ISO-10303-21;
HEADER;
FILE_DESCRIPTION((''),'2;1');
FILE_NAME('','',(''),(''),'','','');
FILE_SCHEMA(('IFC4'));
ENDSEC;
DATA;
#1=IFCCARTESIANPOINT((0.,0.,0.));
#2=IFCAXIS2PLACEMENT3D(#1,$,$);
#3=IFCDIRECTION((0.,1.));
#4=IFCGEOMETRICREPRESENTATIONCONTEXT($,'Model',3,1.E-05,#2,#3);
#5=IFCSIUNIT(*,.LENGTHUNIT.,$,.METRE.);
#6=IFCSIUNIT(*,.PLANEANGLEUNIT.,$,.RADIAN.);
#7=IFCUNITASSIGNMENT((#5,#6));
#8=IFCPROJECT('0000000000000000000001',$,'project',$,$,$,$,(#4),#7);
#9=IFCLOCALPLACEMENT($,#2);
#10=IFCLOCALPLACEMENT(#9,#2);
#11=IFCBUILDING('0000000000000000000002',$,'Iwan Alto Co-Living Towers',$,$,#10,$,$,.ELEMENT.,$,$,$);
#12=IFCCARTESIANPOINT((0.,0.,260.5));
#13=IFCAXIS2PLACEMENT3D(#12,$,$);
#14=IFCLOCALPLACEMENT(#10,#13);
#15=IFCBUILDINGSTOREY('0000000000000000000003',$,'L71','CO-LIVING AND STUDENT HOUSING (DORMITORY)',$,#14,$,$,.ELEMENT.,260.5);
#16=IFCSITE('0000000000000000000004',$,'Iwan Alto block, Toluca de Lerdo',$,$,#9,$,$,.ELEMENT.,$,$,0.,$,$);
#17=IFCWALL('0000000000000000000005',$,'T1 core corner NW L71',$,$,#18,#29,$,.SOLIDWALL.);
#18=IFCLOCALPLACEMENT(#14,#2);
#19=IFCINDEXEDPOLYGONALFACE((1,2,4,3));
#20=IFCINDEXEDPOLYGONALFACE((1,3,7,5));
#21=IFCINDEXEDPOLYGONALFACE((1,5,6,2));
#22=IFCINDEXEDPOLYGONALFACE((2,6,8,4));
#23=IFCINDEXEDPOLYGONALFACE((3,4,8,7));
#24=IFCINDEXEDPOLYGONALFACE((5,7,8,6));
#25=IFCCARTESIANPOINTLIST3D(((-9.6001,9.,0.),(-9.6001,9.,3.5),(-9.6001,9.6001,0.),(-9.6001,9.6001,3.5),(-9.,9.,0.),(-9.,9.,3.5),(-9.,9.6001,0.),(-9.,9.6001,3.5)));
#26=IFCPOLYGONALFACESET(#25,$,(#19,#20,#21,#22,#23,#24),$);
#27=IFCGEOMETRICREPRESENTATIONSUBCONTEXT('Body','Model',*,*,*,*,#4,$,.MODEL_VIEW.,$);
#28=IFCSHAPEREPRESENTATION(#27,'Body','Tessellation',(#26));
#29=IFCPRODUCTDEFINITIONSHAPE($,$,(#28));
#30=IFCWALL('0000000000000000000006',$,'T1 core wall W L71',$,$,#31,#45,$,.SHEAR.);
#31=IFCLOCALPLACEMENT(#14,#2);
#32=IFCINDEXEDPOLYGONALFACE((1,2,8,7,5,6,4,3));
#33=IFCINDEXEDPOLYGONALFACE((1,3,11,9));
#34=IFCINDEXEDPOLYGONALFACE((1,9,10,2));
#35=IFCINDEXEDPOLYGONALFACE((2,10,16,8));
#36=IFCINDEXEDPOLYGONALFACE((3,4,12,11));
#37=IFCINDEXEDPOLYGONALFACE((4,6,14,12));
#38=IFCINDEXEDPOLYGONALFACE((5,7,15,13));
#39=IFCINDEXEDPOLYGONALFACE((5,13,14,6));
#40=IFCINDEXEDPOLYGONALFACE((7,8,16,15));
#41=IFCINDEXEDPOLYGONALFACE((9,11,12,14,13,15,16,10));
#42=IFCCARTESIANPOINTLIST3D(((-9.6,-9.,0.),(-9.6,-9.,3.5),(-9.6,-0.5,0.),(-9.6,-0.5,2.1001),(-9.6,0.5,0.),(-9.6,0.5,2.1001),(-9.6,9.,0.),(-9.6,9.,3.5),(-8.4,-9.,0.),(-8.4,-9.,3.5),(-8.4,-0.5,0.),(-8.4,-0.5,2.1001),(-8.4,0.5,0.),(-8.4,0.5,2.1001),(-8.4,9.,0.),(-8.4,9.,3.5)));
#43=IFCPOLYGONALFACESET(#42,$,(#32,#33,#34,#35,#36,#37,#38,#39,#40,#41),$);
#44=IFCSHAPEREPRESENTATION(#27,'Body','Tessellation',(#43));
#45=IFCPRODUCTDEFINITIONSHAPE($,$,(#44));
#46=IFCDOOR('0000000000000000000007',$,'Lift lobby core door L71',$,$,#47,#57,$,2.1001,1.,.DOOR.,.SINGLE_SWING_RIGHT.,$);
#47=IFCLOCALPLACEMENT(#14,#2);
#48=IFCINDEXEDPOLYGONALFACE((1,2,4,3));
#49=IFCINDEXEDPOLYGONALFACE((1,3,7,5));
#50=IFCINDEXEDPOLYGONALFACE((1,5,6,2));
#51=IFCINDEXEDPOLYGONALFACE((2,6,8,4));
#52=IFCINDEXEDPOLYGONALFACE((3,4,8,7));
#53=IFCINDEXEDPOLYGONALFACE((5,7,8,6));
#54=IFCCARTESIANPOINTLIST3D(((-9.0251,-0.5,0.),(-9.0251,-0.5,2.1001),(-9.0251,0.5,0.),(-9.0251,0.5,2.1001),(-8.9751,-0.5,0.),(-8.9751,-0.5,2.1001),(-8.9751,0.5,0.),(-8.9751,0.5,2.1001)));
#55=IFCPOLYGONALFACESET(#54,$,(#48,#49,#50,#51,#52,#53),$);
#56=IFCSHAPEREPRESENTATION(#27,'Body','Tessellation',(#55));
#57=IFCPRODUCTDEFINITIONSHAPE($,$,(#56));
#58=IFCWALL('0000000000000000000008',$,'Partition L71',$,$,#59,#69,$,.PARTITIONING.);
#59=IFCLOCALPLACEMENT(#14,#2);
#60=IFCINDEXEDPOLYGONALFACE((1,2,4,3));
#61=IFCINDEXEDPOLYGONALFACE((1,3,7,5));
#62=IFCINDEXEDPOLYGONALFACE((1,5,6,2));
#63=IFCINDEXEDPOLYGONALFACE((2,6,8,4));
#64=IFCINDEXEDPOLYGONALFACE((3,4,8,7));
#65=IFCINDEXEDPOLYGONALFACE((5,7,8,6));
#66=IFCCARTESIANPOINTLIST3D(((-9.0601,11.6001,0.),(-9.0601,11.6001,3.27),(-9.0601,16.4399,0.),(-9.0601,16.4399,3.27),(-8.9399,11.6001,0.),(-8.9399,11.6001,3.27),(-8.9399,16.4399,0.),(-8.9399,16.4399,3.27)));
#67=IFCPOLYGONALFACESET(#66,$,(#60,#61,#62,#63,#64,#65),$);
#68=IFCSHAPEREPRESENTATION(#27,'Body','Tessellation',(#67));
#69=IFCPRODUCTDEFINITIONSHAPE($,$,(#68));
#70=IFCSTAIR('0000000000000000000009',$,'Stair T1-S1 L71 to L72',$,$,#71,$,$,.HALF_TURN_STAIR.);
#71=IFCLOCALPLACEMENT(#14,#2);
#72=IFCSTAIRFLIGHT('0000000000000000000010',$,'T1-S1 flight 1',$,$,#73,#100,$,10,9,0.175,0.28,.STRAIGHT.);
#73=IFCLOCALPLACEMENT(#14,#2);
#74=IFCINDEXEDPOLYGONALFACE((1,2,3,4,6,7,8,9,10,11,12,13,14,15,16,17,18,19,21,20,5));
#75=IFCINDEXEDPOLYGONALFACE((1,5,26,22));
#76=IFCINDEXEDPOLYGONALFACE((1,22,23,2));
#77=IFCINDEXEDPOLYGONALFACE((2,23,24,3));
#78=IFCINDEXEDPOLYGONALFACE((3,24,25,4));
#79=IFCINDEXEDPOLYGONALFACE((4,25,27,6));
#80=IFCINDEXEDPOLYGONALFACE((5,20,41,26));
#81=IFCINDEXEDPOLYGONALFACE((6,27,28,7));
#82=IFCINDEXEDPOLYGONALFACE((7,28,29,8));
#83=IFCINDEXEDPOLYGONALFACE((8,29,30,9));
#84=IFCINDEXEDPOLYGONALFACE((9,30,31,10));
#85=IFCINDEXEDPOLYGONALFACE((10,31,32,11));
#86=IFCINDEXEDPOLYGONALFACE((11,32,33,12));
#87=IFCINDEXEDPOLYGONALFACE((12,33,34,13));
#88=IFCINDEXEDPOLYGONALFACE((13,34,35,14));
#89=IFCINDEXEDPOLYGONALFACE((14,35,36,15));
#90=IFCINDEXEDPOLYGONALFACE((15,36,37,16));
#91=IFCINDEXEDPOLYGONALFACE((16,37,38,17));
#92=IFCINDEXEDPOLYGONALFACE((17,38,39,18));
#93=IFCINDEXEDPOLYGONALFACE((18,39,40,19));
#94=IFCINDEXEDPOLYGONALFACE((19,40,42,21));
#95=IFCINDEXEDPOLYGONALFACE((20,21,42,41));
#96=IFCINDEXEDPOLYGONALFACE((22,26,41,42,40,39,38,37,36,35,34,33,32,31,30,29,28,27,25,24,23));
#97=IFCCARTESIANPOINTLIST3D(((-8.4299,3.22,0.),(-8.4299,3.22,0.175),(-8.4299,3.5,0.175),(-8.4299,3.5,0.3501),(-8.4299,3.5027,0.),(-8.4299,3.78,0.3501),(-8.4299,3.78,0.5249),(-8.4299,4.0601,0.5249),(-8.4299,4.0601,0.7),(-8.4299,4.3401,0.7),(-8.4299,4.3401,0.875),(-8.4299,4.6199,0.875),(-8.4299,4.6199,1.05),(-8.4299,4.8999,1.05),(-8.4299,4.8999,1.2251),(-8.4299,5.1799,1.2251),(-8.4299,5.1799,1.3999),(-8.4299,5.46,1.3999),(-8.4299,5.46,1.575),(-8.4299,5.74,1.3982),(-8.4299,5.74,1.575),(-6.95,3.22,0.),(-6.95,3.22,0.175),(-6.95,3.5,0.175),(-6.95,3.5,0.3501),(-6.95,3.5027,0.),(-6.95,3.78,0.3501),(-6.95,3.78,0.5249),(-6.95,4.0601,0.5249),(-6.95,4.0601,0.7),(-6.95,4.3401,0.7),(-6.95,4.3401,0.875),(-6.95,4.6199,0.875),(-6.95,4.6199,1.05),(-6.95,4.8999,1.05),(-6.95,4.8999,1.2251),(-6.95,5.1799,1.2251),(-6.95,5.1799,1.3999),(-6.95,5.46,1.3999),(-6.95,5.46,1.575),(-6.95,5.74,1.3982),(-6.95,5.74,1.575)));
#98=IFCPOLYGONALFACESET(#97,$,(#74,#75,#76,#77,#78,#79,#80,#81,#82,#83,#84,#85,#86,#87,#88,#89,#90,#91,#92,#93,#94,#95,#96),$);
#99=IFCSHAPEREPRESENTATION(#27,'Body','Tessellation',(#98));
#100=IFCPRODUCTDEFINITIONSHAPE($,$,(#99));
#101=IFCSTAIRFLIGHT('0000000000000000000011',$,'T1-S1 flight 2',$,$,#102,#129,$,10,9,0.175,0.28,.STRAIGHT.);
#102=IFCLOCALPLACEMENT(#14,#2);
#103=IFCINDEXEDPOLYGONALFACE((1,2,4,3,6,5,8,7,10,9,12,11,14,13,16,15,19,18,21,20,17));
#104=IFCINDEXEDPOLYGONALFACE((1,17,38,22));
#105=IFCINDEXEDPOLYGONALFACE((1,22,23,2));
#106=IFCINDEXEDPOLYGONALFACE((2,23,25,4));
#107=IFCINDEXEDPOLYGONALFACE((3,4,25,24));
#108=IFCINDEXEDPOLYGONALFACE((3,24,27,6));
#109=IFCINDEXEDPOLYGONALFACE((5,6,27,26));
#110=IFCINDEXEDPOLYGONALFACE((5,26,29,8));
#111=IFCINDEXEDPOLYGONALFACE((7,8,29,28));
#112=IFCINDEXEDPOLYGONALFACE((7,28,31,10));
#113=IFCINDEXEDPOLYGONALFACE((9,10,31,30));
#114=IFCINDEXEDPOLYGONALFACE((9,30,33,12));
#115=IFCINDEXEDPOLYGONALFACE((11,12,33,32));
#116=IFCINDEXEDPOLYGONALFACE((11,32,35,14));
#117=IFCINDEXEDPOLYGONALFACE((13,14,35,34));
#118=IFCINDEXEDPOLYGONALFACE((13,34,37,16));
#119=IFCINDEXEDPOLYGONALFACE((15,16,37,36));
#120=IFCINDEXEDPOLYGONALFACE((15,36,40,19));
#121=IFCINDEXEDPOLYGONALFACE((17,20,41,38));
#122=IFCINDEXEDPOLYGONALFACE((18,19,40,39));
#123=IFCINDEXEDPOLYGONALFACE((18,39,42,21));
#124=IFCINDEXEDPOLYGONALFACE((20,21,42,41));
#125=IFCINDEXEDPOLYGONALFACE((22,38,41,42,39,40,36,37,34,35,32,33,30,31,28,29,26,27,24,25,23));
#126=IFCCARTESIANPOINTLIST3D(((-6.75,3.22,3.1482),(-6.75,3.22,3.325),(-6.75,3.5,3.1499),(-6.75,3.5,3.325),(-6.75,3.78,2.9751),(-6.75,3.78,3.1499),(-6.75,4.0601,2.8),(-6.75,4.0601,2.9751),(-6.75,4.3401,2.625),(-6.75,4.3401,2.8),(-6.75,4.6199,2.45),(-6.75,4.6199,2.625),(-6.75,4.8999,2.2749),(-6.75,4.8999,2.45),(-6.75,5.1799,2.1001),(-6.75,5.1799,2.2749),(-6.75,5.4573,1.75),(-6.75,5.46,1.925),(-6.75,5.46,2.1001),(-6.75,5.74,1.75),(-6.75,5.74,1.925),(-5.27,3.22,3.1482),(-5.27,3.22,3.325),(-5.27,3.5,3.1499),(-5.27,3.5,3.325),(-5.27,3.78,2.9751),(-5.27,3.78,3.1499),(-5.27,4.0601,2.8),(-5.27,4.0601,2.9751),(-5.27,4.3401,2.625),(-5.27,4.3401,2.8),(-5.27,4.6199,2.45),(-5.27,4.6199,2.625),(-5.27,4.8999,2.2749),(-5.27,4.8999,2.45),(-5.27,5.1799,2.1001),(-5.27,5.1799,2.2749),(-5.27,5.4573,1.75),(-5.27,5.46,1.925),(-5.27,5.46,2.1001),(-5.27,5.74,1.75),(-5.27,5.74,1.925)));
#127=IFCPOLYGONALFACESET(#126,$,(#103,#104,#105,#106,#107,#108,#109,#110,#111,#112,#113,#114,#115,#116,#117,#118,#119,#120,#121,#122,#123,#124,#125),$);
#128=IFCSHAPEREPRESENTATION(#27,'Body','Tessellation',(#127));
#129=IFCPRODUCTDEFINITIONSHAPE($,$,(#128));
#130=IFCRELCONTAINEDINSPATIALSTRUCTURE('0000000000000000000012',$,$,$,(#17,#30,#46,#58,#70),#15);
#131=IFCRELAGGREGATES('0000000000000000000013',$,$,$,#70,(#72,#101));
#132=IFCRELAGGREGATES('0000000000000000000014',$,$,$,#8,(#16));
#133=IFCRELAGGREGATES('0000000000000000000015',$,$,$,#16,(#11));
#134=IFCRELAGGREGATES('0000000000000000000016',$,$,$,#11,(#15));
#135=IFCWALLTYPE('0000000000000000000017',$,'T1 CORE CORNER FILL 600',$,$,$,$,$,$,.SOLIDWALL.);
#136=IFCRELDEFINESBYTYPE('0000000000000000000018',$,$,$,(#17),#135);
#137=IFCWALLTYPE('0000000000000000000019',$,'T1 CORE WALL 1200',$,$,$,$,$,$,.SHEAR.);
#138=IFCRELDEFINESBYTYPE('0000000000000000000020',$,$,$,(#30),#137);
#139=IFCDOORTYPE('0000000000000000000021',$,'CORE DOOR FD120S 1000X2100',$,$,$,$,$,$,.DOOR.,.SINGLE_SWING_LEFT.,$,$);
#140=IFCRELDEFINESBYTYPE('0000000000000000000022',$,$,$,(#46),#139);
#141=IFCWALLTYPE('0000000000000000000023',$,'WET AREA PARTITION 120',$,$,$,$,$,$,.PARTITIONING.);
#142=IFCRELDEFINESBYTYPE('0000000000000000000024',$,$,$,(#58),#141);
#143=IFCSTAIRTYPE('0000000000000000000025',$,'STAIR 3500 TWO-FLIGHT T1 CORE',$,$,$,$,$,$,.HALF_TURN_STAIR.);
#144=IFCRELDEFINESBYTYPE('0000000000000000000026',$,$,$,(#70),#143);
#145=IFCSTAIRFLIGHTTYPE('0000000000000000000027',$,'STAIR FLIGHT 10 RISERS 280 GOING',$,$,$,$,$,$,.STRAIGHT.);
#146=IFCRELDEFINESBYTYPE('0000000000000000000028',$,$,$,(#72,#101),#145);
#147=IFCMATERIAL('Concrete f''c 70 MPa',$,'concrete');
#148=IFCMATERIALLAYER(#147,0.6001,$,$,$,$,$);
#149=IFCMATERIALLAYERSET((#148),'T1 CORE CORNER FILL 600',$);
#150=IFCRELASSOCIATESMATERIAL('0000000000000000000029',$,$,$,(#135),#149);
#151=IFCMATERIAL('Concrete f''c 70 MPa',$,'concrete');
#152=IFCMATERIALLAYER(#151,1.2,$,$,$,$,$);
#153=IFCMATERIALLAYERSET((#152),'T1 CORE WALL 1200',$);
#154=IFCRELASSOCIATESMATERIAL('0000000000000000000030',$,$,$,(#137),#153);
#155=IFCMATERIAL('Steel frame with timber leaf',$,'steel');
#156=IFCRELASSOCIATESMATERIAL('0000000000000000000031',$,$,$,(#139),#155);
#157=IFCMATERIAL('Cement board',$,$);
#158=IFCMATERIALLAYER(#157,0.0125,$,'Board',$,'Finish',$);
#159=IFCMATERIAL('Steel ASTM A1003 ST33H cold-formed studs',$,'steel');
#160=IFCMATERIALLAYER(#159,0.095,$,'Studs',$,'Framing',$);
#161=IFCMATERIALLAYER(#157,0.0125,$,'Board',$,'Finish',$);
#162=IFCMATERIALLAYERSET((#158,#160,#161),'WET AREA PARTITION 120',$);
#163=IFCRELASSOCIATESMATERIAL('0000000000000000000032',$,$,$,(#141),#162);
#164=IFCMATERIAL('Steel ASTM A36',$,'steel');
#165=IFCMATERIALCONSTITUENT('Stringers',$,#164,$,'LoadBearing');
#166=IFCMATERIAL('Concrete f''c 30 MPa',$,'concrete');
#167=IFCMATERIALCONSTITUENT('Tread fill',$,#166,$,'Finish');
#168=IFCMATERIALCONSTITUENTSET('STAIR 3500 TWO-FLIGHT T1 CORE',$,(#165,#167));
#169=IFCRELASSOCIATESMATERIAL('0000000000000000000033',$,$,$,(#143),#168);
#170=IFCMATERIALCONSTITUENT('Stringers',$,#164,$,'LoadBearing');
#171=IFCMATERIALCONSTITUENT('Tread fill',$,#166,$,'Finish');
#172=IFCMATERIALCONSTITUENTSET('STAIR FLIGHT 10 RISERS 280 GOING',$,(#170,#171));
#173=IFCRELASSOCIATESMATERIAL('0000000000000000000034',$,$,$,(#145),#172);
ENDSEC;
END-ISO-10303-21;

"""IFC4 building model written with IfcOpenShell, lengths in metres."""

from ifc_helpers import new_model, si_unit, direction, frame, frame_2d, origin, place, context, subcontext, project, spatial, polyline, rectangle, outline, extrude, material, layer, layer_set, constituent, constituent_set, type_object, element, fill, aggregate, save


model = new_model("IFC4")

# Units and contexts
model_context = context("Model", 3, precision=1e-05, world=origin(), true_north=direction((0.0, 1.0)))
body_context = subcontext(model_context, "Body", "Model", "MODEL_VIEW")
ifc_project = project(units=[si_unit("LENGTHUNIT", "METRE"), si_unit("PLANEANGLEUNIT", "RADIAN")], contexts=[model_context])

# Site, building, storey
site_placement = place(None, origin())
site = spatial("IfcSite", under=ifc_project, at=site_placement, Name="Iwan Alto block, Toluca de Lerdo", CompositionType="ELEMENT", RefElevation=0.0)
building_placement = place(site_placement, origin())
building = spatial("IfcBuilding", under=site, at=building_placement, Name="Iwan Alto Co-Living Towers", CompositionType="ELEMENT")
storey_placement = place(building_placement, frame((0.0, 0.0, 260.5)))
storey = spatial("IfcBuildingStorey", under=building, at=storey_placement, Name="L71", Description="CO-LIVING AND STUDENT HOUSING (DORMITORY)", CompositionType="ELEMENT", Elevation=260.5)

# Shared definitions
ifc_material_1 = material(Name="Steel ASTM A1003 ST33H cold-formed studs", Category="steel")

# Wall
ifc_material_2 = material(Name="Concrete f'c 70 MPa", Category="concrete")
ifc_layer_1 = layer(ifc_material_2, 0.6001)
ifc_layer_set_1 = layer_set([ifc_layer_1], Name="T1 CORE CORNER FILL 600")
wall_type_1 = type_object("IfcWallType", Name="T1 CORE CORNER FILL 600", PredefinedType="SOLIDWALL", material=ifc_layer_set_1)
wall_1_placement = place(storey_placement, frame((-9.6001, 9.3, 0.0), z_axis=(0.0, 0.0, 1.0), x_axis=(1.0, 0.0, 0.0)))
element("IfcWall", 1, at=wall_1_placement, inside=storey, type_object=wall_type_1, Name="T1 core corner NW L71", PredefinedType="SOLIDWALL", context=body_context, shape_type="SweptSolid", body=[
    extrude(rectangle(XDim=0.6001, YDim=0.6001, at=frame_2d((0.3, 0.0))), origin(), (0.0, 0.0, 1.0), 3.5),
])

# Wall, opening, door
ifc_material_3 = material(Name="Concrete f'c 70 MPa", Category="concrete")
ifc_layer_2 = layer(ifc_material_3, 1.2)
ifc_layer_set_2 = layer_set([ifc_layer_2], Name="T1 CORE WALL 1200")
wall_type_2 = type_object("IfcWallType", Name="T1 CORE WALL 1200", PredefinedType="SHEAR", material=ifc_layer_set_2)
wall_2_placement = place(storey_placement, frame((-9.0, 9.0, 0.0), z_axis=(0.0, 0.0, 1.0), x_axis=(0.0, -1.0, 0.0)))
wall_2 = element("IfcWall", 2, at=wall_2_placement, inside=storey, type_object=wall_type_2, Name="T1 core wall W L71", PredefinedType="SHEAR", context=body_context, shape_type="SweptSolid", body=[
    extrude(rectangle(XDim=18.0, YDim=1.2, at=frame_2d((9.0, 0.0))), origin(), (0.0, 0.0, 1.0), 3.5),
])
opening_1_placement = place(wall_2_placement, frame((8.5, 0.0, 0.0)))
opening_1 = element("IfcOpeningElement", 3, at=opening_1_placement, cuts=wall_2, PredefinedType="OPENING", context=body_context, shape_type="SweptSolid", body=[
    extrude(rectangle(XDim=1.0, YDim=2.1001, at=frame_2d((0.5, 1.05))), frame((0.0, 0.6099, 0.0), z_axis=(0.0, -1.0, 0.0), x_axis=(1.0, 0.0, 0.0)), (0.0, 0.0, 1.0), 1.22),
])
ifc_material_4 = material(Name="Steel frame with timber leaf", Category="steel")
door_type_1 = type_object("IfcDoorType", Name="CORE DOOR FD120S 1000X2100", OperationType="SINGLE_SWING_LEFT", PredefinedType="DOOR", material=ifc_material_4)
door_1_placement = place(opening_1_placement, origin())
door_1 = element("IfcDoor", 4, at=door_1_placement, inside=storey, type_object=door_type_1, Name="Lift lobby core door L71", OperationType="SINGLE_SWING_RIGHT", OverallHeight=2.1001, OverallWidth=1.0, PredefinedType="DOOR", context=body_context, shape_type="SweptSolid", body=[
    extrude(rectangle(XDim=1.0, YDim=2.1001, at=frame_2d((0.5, 1.05))), frame((0.0, 0.0249, 0.0), z_axis=(0.0, -1.0, 0.0), x_axis=(1.0, 0.0, 0.0)), (0.0, 0.0, 1.0), 0.05),
])
fill(opening_1, door_1)

# Wall
ifc_material_5 = material(Name="Cement board")
ifc_layer_3 = layer(ifc_material_5, 0.0125, Name="Board", Category="Finish")
ifc_layer_4 = layer(ifc_material_1, 0.095, Name="Studs", Category="Framing")
ifc_layer_5 = layer(ifc_material_5, 0.0125, Name="Board", Category="Finish")
ifc_layer_set_3 = layer_set([ifc_layer_3, ifc_layer_4, ifc_layer_5], Name="WET AREA PARTITION 120")
wall_type_3 = type_object("IfcWallType", Name="WET AREA PARTITION 120", PredefinedType="PARTITIONING", material=ifc_layer_set_3)
wall_3_placement = place(storey_placement, frame((-9.0, 11.6001, 0.0), z_axis=(0.0, 0.0, 1.0), x_axis=(0.0, 1.0, 0.0)))
element("IfcWall", 5, at=wall_3_placement, inside=storey, type_object=wall_type_3, Name="Partition L71", PredefinedType="PARTITIONING", context=body_context, shape_type="SweptSolid", body=[
    extrude(rectangle(XDim=4.8398, YDim=0.1201, at=frame_2d((2.4199, 0.0))), origin(), (0.0, 0.0, 1.0), 3.27),
])

# Stair, stair flights
ifc_material_6 = material(Name="Steel ASTM A36", Category="steel")
ifc_constituent_1 = constituent(ifc_material_6, Name="Stringers", Category="LoadBearing")
ifc_material_7 = material(Name="Concrete f'c 30 MPa", Category="concrete")
ifc_constituent_2 = constituent(ifc_material_7, Name="Tread fill", Category="Finish")
ifc_constituent_set_1 = constituent_set(constituents=[ifc_constituent_1, ifc_constituent_2], Name="STAIR 3500 TWO-FLIGHT T1 CORE")
stair_type = type_object("IfcStairType", Name="STAIR 3500 TWO-FLIGHT T1 CORE", PredefinedType="HALF_TURN_STAIR", material=ifc_constituent_set_1)
stair_placement = place(storey_placement, origin())
stair = element("IfcStair", 6, at=stair_placement, inside=storey, type_object=stair_type, Name="Stair T1-S1 L71 to L72", PredefinedType="HALF_TURN_STAIR")
ifc_constituent_3 = constituent(ifc_material_6, Name="Stringers", Category="LoadBearing")
ifc_constituent_4 = constituent(ifc_material_7, Name="Tread fill", Category="Finish")
ifc_constituent_set_2 = constituent_set(constituents=[ifc_constituent_3, ifc_constituent_4], Name="STAIR FLIGHT 10 RISERS 280 GOING")
stair_flight_type = type_object("IfcStairFlightType", Name="STAIR FLIGHT 10 RISERS 280 GOING", PredefinedType="STRAIGHT", material=ifc_constituent_set_2)
stair_flight_1_placement = place(storey_placement, frame((-7.6899, 3.22, 0.0), z_axis=(0.0, 0.0, 1.0), x_axis=(0.0, 1.0, 0.0)))
stair_flight_1 = element("IfcStairFlight", 7, at=stair_flight_1_placement, type_object=stair_flight_type, Name="T1-S1 flight 1", NumberOfRisers=10, NumberOfTreads=9, PredefinedType="STRAIGHT", RiserHeight=0.175, TreadLength=0.28, context=body_context, shape_type="SweptSolid", body=[
    extrude(outline(polyline([(0.0, 0.0), (0.0, 0.175), (0.28, 0.175), (0.28, 0.3501), (0.5601, 0.3501), (0.5601, 0.5249), (0.8401, 0.5249), (0.8401, 0.7), (1.1201, 0.7), (1.1201, 0.875), (1.3999, 0.875), (1.3999, 1.05), (1.6799, 1.05), (1.6799, 1.2251), (1.96, 1.2251), (1.96, 1.3999), (2.24, 1.3999), (2.24, 1.575), (2.52, 1.575), (2.52, 1.75), (2.52, 1.3982), (0.2827, 0.0), (0.0, 0.0)])), frame((0.0, 0.74, 0.0), z_axis=(0.0, -1.0, 0.0), x_axis=(1.0, 0.0, 0.0)), (0.0, 0.0, 1.0), 1.48),
])
stair_flight_2_placement = place(storey_placement, frame((-6.01, 5.74, 1.75), z_axis=(0.0, 0.0, 1.0), x_axis=(0.0, -1.0, 0.0)))
stair_flight_2 = element("IfcStairFlight", 8, at=stair_flight_2_placement, type_object=stair_flight_type, Name="T1-S1 flight 2", NumberOfRisers=10, NumberOfTreads=9, PredefinedType="STRAIGHT", RiserHeight=0.175, TreadLength=0.28, context=body_context, shape_type="SweptSolid", body=[
    extrude(outline(polyline([(0.0, 0.0), (0.0, 0.175), (0.28, 0.175), (0.28, 0.3501), (0.5601, 0.3501), (0.5601, 0.5249), (0.8401, 0.5249), (0.8401, 0.7), (1.1201, 0.7), (1.1201, 0.875), (1.3999, 0.875), (1.3999, 1.05), (1.6799, 1.05), (1.6799, 1.2251), (1.96, 1.2251), (1.96, 1.3999), (2.24, 1.3999), (2.24, 1.575), (2.52, 1.575), (2.52, 1.75), (2.52, 1.3982), (0.2827, 0.0), (0.0, 0.0)])), frame((0.0, 0.74, 0.0), z_axis=(0.0, -1.0, 0.0), x_axis=(1.0, 0.0, 0.0)), (0.0, 0.0, 1.0), 1.48),
])
aggregate(stair, [stair_flight_1, stair_flight_2])

save(model, "model.ifc")
